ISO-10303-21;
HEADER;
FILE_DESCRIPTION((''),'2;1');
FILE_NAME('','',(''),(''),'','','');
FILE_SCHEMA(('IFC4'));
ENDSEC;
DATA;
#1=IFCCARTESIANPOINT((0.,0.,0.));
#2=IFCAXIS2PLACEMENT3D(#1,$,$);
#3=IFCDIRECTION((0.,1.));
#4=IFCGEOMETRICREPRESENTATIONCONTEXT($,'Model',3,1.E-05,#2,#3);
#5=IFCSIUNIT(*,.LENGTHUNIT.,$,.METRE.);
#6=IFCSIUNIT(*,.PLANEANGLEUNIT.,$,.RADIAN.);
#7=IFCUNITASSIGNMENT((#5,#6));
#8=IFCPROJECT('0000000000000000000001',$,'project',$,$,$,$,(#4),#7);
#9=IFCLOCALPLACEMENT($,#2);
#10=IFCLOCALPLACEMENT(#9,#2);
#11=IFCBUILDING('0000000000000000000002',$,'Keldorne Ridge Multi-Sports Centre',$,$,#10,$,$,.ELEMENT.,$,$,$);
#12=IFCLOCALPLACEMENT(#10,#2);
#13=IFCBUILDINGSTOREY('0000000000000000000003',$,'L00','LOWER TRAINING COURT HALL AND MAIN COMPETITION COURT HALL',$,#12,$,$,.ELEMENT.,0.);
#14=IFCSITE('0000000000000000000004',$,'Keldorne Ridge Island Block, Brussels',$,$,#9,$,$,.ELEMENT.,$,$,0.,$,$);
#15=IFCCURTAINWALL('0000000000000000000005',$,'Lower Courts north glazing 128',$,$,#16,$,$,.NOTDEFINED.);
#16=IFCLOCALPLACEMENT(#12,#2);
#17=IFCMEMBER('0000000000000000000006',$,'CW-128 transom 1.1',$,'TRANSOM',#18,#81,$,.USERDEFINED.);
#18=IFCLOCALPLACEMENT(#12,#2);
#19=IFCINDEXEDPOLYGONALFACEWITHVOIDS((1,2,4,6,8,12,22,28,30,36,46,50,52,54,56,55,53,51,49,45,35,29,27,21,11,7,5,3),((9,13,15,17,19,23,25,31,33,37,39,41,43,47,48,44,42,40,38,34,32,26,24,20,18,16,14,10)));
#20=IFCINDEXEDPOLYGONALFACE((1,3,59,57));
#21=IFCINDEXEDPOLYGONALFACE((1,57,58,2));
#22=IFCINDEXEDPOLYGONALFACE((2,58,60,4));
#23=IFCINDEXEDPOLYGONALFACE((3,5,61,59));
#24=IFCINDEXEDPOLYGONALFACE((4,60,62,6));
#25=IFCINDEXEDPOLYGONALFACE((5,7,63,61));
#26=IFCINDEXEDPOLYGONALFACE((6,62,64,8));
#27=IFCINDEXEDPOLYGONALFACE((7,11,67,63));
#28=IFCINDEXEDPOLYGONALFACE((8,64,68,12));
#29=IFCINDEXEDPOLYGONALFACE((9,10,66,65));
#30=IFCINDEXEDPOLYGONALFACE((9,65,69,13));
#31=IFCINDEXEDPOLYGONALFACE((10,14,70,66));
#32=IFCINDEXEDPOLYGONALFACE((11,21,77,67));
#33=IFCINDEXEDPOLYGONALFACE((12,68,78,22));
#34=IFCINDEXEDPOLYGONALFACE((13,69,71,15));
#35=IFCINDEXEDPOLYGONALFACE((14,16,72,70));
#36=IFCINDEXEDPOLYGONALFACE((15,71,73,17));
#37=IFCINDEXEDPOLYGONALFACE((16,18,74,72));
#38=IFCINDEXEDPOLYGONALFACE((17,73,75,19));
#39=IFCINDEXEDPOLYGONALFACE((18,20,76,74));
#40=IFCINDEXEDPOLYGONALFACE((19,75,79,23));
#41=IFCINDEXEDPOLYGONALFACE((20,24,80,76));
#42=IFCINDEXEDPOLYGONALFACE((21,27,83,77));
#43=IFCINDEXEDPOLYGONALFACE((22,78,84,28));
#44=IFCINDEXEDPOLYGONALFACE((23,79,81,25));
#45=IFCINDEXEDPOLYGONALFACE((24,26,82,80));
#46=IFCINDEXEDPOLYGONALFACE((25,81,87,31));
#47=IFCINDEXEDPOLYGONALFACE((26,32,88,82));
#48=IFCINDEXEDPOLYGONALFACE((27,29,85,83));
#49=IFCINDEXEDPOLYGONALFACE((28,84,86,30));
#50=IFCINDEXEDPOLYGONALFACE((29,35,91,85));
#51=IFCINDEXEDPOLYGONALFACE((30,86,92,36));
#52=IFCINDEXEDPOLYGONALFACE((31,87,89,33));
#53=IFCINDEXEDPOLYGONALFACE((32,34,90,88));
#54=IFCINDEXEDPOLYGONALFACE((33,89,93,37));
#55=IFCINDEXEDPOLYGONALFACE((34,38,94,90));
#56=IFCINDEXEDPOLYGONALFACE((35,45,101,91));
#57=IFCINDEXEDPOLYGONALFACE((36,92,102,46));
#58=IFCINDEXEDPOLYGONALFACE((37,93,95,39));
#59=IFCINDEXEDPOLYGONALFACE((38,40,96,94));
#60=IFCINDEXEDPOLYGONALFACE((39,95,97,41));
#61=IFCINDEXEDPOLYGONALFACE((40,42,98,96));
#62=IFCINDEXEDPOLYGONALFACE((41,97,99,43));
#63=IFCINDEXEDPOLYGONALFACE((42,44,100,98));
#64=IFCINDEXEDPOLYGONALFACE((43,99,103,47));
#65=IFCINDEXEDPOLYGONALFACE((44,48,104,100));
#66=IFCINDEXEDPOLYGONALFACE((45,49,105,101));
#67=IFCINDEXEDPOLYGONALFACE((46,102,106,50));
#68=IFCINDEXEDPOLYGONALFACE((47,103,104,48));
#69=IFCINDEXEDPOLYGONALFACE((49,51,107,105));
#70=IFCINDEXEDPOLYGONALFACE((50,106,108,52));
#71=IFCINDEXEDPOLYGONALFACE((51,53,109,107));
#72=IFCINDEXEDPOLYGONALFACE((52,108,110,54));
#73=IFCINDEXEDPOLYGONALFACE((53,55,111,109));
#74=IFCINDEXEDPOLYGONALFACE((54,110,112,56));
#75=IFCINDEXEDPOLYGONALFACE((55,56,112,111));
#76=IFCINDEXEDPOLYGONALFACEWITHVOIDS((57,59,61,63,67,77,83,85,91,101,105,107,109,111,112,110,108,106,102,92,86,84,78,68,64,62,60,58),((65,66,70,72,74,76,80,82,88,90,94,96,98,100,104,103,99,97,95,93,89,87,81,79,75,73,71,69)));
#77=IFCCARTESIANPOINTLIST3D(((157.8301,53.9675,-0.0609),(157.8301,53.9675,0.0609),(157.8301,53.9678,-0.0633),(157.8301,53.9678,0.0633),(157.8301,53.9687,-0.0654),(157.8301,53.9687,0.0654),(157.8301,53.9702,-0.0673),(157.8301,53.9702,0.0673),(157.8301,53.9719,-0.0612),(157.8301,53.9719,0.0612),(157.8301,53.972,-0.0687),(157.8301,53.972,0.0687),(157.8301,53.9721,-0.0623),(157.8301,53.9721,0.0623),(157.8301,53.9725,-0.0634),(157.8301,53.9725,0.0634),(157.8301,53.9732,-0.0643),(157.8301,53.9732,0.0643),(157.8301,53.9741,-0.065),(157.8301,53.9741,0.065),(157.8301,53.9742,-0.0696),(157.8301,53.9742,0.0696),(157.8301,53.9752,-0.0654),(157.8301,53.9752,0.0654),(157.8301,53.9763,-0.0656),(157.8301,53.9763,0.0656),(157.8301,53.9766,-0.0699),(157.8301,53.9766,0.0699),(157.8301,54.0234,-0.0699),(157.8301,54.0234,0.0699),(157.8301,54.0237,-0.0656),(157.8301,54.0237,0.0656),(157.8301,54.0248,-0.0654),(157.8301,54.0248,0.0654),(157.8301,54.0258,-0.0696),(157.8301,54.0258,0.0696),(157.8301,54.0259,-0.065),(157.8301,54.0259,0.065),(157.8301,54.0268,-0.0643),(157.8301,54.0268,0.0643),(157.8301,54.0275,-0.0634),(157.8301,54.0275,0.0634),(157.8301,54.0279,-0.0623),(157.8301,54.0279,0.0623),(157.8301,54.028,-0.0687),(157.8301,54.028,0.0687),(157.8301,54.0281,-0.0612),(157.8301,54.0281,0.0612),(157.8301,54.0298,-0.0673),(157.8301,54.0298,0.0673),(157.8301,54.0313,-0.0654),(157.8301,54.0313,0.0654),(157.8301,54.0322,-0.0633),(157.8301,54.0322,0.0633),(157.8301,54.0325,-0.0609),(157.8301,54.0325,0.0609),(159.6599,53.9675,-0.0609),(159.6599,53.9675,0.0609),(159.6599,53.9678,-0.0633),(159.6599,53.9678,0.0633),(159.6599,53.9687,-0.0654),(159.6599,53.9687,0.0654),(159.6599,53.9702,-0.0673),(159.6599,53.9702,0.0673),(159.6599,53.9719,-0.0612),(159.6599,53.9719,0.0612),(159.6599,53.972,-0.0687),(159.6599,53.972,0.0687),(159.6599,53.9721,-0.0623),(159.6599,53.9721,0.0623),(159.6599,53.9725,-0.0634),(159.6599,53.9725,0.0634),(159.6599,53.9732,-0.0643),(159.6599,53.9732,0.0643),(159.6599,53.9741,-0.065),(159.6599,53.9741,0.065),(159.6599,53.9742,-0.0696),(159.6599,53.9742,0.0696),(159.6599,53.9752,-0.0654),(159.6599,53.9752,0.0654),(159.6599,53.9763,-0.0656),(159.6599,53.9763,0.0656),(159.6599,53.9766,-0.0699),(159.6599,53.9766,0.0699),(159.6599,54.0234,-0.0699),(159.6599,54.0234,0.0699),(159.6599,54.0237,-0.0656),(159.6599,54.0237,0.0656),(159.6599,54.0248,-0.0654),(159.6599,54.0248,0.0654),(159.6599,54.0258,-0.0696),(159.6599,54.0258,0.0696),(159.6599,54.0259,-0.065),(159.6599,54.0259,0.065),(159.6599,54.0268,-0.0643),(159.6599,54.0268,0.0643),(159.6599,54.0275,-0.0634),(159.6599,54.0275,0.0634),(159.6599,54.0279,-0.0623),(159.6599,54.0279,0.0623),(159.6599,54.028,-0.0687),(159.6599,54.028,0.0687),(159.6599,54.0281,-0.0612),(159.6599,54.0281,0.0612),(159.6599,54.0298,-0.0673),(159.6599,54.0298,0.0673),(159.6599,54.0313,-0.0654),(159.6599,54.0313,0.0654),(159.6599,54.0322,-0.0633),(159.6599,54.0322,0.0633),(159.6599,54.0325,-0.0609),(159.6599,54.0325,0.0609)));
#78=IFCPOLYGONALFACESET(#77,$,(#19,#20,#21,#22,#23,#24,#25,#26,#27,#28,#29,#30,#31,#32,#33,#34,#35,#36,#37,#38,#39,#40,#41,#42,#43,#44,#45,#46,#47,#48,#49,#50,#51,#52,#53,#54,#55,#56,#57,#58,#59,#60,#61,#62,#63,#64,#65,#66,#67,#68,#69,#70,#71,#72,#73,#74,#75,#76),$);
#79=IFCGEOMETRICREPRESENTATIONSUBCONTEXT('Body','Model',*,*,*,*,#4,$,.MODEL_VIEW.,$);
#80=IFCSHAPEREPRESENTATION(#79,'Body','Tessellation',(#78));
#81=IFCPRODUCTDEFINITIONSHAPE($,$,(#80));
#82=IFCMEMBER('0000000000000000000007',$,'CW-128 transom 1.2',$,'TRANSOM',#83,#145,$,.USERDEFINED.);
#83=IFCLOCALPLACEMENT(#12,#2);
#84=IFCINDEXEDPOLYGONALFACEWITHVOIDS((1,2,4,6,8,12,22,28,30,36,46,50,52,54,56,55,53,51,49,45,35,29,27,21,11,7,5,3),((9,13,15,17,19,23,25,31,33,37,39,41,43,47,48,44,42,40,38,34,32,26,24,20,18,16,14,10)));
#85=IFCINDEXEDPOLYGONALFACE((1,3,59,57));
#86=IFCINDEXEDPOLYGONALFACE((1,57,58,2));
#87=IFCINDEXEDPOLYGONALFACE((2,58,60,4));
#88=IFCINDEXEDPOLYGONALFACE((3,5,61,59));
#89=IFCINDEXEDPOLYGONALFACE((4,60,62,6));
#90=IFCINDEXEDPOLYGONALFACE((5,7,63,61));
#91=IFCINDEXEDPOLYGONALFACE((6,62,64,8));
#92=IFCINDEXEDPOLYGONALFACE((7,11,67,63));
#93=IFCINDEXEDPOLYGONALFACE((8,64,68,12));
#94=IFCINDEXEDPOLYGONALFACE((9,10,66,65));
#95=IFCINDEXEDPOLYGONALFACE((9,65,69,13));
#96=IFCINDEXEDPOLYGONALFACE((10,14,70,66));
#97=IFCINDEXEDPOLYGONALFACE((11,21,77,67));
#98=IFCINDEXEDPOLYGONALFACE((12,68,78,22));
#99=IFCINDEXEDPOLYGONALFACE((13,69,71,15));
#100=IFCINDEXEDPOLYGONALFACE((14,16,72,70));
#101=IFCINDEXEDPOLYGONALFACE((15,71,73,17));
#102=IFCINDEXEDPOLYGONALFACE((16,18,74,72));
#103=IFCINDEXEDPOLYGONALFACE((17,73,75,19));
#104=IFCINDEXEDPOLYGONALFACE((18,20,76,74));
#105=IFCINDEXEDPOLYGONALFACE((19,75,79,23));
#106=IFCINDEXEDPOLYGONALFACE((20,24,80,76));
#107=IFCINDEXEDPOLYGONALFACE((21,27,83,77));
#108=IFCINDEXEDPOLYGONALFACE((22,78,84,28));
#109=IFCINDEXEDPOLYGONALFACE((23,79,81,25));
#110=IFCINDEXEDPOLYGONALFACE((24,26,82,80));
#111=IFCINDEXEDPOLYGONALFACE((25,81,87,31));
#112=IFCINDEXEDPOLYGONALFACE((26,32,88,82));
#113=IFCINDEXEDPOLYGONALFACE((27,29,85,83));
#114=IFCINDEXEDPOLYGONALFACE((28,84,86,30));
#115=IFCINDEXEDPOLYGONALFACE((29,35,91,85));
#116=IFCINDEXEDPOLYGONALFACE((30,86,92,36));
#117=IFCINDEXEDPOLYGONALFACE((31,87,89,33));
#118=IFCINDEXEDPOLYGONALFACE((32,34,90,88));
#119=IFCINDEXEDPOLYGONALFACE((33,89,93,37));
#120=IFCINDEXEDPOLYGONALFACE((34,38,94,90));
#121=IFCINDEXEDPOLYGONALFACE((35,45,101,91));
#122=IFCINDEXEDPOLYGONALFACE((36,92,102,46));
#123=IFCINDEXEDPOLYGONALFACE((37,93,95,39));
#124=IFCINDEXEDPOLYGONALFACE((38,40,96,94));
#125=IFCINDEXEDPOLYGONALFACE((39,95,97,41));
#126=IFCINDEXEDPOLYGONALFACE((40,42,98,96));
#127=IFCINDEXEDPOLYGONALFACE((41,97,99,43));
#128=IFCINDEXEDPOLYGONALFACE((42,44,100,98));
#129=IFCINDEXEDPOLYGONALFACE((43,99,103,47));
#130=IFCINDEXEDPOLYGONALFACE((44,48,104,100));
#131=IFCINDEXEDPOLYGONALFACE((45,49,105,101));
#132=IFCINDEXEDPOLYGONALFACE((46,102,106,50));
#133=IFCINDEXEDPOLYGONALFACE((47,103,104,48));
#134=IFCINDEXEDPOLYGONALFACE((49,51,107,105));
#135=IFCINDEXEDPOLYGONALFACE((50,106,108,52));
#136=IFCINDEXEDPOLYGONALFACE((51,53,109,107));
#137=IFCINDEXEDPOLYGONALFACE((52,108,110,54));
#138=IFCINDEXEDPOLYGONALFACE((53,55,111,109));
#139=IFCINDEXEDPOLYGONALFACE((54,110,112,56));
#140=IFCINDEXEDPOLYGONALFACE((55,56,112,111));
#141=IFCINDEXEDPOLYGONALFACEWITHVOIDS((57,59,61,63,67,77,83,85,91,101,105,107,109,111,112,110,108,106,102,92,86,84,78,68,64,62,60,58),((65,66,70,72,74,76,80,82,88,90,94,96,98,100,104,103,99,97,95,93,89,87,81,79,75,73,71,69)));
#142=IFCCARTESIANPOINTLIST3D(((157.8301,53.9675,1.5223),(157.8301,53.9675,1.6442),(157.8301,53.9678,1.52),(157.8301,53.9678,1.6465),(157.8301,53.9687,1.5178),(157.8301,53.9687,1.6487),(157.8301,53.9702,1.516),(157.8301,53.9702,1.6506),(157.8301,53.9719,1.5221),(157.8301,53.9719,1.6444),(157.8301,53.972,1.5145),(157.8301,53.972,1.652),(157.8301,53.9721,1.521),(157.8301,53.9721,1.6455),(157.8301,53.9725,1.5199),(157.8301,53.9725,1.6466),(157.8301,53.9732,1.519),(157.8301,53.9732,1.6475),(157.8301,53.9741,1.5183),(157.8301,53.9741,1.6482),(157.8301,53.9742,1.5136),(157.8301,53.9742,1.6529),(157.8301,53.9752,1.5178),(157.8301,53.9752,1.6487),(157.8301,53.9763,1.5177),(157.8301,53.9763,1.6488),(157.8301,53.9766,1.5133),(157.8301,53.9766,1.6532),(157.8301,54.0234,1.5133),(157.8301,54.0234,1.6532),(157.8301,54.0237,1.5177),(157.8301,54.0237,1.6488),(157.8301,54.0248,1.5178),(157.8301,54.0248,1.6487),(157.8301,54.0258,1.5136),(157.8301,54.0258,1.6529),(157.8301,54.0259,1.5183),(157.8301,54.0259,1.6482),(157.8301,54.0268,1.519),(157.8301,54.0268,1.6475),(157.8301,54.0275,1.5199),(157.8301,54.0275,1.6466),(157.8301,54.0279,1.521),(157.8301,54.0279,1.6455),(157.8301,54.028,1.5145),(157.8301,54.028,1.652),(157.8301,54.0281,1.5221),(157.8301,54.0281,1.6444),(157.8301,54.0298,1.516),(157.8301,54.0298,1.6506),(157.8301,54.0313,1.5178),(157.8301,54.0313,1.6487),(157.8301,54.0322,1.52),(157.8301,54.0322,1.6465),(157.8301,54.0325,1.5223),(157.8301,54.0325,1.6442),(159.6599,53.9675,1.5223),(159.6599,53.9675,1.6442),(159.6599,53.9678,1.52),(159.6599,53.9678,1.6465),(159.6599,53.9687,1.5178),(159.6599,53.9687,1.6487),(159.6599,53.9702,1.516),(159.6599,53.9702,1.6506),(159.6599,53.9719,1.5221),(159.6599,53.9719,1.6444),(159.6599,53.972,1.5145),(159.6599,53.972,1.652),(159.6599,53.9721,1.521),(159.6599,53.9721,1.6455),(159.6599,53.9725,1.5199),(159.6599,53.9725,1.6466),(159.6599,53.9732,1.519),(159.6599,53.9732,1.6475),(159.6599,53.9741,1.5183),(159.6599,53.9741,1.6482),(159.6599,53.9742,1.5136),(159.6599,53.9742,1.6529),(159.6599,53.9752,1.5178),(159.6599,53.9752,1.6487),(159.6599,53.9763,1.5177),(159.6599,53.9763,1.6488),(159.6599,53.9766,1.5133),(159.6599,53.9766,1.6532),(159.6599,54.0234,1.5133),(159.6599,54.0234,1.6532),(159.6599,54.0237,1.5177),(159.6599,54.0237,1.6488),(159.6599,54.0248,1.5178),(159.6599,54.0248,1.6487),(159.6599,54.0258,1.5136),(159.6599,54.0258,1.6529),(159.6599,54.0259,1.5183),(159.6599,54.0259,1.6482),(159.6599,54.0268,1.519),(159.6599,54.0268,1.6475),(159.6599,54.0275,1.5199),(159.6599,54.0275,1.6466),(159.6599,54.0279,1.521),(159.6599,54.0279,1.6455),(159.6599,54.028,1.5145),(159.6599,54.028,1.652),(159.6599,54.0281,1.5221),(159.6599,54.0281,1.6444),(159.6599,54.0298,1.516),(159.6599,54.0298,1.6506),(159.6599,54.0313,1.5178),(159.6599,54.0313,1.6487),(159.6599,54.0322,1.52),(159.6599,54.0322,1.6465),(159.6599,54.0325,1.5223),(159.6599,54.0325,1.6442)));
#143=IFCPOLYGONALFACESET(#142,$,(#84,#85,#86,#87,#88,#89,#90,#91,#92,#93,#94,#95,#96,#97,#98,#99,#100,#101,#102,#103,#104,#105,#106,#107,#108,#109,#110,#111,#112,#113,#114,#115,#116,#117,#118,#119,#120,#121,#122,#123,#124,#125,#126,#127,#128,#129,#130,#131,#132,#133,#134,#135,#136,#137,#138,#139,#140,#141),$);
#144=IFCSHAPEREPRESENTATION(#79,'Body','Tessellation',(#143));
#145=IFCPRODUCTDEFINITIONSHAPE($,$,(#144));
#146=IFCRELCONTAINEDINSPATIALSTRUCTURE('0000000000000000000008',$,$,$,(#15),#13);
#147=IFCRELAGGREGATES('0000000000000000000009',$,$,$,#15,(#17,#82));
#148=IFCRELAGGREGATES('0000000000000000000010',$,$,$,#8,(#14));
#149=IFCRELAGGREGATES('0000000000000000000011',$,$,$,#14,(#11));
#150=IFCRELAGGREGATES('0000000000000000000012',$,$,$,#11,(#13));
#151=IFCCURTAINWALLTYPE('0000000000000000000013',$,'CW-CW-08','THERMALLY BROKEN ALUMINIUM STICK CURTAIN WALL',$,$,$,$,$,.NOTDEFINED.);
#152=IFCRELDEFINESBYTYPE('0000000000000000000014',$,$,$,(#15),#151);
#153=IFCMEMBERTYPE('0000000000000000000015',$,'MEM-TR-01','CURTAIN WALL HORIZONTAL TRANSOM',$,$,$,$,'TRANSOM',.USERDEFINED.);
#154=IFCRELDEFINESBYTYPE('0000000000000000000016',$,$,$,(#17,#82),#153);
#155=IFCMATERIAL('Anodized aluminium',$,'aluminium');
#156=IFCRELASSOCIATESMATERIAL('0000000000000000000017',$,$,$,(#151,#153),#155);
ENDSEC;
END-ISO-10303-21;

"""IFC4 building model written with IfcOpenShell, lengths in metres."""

from ifc_helpers import new_model, si_unit, direction, frame, origin, origin_2d, place, context, subcontext, project, spatial, hollow_rectangle, extrude, material, material_profile, profile_set, type_object, element, aggregate, save


model = new_model("IFC4")

# Units and contexts
model_context = context("Model", 3, precision=1e-05, world=origin(), true_north=direction((0.0, 1.0)))
body_context = subcontext(model_context, "Body", "Model", "MODEL_VIEW")
ifc_project = project(units=[si_unit("LENGTHUNIT", "METRE"), si_unit("PLANEANGLEUNIT", "RADIAN")], contexts=[model_context])

# Site, building, storey
site_placement = place(None, origin())
site = spatial("IfcSite", under=ifc_project, at=site_placement, Name="Keldorne Ridge Island Block, Brussels", CompositionType="ELEMENT", RefElevation=0.0)
building_placement = place(site_placement, origin())
building = spatial("IfcBuilding", under=site, at=building_placement, Name="Keldorne Ridge Multi-Sports Centre", CompositionType="ELEMENT")
storey_placement = place(building_placement, origin())
storey = spatial("IfcBuildingStorey", under=building, at=storey_placement, Name="L00", Description="LOWER TRAINING COURT HALL AND MAIN COMPETITION COURT HALL", CompositionType="ELEMENT", Elevation=0.0)

# Curtain wall
ifc_material_1 = material(Name="Anodized aluminium", Category="aluminium")
curtain_wall_type_1 = type_object("IfcCurtainWallType", Name="CW-CW-08", Description="THERMALLY BROKEN ALUMINIUM STICK CURTAIN WALL", PredefinedType="NOTDEFINED", material=ifc_material_1)
curtain_wall_1_placement = place(storey_placement, origin())
curtain_wall_1 = element("IfcCurtainWall", 1, at=curtain_wall_1_placement, inside=storey, type_object=curtain_wall_type_1, Name="Lower Courts north glazing 128", PredefinedType="NOTDEFINED")

# Members
ifc_material_profile_1 = material_profile(ifc_material_1, hollow_rectangle(XDim=0.0649, YDim=0.1399, WallThickness=0.0044, InnerFilletRadius=0.0044, OuterFilletRadius=0.009, at=origin_2d()), Name="ALU TRANSOM 140x65x4.5")
ifc_profile_set_1 = profile_set([ifc_material_profile_1], Name="Anodized aluminium")
member_type_1 = type_object("IfcMemberType", Name="MEM-TR-01", Description="CURTAIN WALL HORIZONTAL TRANSOM", ElementType="TRANSOM", PredefinedType="USERDEFINED", material=ifc_profile_set_1)
member_1_placement = place(storey_placement, frame((159.6599, 54.0, 0.0), z_axis=(-1.0, 0.0, 0.0), x_axis=(0.0, -1.0, 0.0)))
member_1 = element("IfcMember", 2, at=member_1_placement, type_object=member_type_1, Name="CW-128 transom 1.1", ObjectType="TRANSOM", PredefinedType="USERDEFINED", context=body_context, shape_type="SweptSolid", body=[
    extrude(hollow_rectangle(XDim=0.0649, YDim=0.1399, WallThickness=0.0044, InnerFilletRadius=0.0044, OuterFilletRadius=0.009, at=origin_2d()), origin(), (0.0, 0.0, 1.0), 1.8298),
])
member_2_placement = place(storey_placement, frame((159.6599, 54.0, 1.5833), z_axis=(-1.0, 0.0, 0.0), x_axis=(0.0, -1.0, 0.0)))
member_2 = element("IfcMember", 3, at=member_2_placement, type_object=member_type_1, Name="CW-128 transom 1.2", ObjectType="TRANSOM", PredefinedType="USERDEFINED", context=body_context, shape_type="SweptSolid", body=[
    extrude(hollow_rectangle(XDim=0.0649, YDim=0.1399, WallThickness=0.0044, InnerFilletRadius=0.0044, OuterFilletRadius=0.009, at=origin_2d()), origin(), (0.0, 0.0, 1.0), 1.8298),
])

aggregate(curtain_wall_1, [member_1, member_2])

save(model, "model.ifc")
